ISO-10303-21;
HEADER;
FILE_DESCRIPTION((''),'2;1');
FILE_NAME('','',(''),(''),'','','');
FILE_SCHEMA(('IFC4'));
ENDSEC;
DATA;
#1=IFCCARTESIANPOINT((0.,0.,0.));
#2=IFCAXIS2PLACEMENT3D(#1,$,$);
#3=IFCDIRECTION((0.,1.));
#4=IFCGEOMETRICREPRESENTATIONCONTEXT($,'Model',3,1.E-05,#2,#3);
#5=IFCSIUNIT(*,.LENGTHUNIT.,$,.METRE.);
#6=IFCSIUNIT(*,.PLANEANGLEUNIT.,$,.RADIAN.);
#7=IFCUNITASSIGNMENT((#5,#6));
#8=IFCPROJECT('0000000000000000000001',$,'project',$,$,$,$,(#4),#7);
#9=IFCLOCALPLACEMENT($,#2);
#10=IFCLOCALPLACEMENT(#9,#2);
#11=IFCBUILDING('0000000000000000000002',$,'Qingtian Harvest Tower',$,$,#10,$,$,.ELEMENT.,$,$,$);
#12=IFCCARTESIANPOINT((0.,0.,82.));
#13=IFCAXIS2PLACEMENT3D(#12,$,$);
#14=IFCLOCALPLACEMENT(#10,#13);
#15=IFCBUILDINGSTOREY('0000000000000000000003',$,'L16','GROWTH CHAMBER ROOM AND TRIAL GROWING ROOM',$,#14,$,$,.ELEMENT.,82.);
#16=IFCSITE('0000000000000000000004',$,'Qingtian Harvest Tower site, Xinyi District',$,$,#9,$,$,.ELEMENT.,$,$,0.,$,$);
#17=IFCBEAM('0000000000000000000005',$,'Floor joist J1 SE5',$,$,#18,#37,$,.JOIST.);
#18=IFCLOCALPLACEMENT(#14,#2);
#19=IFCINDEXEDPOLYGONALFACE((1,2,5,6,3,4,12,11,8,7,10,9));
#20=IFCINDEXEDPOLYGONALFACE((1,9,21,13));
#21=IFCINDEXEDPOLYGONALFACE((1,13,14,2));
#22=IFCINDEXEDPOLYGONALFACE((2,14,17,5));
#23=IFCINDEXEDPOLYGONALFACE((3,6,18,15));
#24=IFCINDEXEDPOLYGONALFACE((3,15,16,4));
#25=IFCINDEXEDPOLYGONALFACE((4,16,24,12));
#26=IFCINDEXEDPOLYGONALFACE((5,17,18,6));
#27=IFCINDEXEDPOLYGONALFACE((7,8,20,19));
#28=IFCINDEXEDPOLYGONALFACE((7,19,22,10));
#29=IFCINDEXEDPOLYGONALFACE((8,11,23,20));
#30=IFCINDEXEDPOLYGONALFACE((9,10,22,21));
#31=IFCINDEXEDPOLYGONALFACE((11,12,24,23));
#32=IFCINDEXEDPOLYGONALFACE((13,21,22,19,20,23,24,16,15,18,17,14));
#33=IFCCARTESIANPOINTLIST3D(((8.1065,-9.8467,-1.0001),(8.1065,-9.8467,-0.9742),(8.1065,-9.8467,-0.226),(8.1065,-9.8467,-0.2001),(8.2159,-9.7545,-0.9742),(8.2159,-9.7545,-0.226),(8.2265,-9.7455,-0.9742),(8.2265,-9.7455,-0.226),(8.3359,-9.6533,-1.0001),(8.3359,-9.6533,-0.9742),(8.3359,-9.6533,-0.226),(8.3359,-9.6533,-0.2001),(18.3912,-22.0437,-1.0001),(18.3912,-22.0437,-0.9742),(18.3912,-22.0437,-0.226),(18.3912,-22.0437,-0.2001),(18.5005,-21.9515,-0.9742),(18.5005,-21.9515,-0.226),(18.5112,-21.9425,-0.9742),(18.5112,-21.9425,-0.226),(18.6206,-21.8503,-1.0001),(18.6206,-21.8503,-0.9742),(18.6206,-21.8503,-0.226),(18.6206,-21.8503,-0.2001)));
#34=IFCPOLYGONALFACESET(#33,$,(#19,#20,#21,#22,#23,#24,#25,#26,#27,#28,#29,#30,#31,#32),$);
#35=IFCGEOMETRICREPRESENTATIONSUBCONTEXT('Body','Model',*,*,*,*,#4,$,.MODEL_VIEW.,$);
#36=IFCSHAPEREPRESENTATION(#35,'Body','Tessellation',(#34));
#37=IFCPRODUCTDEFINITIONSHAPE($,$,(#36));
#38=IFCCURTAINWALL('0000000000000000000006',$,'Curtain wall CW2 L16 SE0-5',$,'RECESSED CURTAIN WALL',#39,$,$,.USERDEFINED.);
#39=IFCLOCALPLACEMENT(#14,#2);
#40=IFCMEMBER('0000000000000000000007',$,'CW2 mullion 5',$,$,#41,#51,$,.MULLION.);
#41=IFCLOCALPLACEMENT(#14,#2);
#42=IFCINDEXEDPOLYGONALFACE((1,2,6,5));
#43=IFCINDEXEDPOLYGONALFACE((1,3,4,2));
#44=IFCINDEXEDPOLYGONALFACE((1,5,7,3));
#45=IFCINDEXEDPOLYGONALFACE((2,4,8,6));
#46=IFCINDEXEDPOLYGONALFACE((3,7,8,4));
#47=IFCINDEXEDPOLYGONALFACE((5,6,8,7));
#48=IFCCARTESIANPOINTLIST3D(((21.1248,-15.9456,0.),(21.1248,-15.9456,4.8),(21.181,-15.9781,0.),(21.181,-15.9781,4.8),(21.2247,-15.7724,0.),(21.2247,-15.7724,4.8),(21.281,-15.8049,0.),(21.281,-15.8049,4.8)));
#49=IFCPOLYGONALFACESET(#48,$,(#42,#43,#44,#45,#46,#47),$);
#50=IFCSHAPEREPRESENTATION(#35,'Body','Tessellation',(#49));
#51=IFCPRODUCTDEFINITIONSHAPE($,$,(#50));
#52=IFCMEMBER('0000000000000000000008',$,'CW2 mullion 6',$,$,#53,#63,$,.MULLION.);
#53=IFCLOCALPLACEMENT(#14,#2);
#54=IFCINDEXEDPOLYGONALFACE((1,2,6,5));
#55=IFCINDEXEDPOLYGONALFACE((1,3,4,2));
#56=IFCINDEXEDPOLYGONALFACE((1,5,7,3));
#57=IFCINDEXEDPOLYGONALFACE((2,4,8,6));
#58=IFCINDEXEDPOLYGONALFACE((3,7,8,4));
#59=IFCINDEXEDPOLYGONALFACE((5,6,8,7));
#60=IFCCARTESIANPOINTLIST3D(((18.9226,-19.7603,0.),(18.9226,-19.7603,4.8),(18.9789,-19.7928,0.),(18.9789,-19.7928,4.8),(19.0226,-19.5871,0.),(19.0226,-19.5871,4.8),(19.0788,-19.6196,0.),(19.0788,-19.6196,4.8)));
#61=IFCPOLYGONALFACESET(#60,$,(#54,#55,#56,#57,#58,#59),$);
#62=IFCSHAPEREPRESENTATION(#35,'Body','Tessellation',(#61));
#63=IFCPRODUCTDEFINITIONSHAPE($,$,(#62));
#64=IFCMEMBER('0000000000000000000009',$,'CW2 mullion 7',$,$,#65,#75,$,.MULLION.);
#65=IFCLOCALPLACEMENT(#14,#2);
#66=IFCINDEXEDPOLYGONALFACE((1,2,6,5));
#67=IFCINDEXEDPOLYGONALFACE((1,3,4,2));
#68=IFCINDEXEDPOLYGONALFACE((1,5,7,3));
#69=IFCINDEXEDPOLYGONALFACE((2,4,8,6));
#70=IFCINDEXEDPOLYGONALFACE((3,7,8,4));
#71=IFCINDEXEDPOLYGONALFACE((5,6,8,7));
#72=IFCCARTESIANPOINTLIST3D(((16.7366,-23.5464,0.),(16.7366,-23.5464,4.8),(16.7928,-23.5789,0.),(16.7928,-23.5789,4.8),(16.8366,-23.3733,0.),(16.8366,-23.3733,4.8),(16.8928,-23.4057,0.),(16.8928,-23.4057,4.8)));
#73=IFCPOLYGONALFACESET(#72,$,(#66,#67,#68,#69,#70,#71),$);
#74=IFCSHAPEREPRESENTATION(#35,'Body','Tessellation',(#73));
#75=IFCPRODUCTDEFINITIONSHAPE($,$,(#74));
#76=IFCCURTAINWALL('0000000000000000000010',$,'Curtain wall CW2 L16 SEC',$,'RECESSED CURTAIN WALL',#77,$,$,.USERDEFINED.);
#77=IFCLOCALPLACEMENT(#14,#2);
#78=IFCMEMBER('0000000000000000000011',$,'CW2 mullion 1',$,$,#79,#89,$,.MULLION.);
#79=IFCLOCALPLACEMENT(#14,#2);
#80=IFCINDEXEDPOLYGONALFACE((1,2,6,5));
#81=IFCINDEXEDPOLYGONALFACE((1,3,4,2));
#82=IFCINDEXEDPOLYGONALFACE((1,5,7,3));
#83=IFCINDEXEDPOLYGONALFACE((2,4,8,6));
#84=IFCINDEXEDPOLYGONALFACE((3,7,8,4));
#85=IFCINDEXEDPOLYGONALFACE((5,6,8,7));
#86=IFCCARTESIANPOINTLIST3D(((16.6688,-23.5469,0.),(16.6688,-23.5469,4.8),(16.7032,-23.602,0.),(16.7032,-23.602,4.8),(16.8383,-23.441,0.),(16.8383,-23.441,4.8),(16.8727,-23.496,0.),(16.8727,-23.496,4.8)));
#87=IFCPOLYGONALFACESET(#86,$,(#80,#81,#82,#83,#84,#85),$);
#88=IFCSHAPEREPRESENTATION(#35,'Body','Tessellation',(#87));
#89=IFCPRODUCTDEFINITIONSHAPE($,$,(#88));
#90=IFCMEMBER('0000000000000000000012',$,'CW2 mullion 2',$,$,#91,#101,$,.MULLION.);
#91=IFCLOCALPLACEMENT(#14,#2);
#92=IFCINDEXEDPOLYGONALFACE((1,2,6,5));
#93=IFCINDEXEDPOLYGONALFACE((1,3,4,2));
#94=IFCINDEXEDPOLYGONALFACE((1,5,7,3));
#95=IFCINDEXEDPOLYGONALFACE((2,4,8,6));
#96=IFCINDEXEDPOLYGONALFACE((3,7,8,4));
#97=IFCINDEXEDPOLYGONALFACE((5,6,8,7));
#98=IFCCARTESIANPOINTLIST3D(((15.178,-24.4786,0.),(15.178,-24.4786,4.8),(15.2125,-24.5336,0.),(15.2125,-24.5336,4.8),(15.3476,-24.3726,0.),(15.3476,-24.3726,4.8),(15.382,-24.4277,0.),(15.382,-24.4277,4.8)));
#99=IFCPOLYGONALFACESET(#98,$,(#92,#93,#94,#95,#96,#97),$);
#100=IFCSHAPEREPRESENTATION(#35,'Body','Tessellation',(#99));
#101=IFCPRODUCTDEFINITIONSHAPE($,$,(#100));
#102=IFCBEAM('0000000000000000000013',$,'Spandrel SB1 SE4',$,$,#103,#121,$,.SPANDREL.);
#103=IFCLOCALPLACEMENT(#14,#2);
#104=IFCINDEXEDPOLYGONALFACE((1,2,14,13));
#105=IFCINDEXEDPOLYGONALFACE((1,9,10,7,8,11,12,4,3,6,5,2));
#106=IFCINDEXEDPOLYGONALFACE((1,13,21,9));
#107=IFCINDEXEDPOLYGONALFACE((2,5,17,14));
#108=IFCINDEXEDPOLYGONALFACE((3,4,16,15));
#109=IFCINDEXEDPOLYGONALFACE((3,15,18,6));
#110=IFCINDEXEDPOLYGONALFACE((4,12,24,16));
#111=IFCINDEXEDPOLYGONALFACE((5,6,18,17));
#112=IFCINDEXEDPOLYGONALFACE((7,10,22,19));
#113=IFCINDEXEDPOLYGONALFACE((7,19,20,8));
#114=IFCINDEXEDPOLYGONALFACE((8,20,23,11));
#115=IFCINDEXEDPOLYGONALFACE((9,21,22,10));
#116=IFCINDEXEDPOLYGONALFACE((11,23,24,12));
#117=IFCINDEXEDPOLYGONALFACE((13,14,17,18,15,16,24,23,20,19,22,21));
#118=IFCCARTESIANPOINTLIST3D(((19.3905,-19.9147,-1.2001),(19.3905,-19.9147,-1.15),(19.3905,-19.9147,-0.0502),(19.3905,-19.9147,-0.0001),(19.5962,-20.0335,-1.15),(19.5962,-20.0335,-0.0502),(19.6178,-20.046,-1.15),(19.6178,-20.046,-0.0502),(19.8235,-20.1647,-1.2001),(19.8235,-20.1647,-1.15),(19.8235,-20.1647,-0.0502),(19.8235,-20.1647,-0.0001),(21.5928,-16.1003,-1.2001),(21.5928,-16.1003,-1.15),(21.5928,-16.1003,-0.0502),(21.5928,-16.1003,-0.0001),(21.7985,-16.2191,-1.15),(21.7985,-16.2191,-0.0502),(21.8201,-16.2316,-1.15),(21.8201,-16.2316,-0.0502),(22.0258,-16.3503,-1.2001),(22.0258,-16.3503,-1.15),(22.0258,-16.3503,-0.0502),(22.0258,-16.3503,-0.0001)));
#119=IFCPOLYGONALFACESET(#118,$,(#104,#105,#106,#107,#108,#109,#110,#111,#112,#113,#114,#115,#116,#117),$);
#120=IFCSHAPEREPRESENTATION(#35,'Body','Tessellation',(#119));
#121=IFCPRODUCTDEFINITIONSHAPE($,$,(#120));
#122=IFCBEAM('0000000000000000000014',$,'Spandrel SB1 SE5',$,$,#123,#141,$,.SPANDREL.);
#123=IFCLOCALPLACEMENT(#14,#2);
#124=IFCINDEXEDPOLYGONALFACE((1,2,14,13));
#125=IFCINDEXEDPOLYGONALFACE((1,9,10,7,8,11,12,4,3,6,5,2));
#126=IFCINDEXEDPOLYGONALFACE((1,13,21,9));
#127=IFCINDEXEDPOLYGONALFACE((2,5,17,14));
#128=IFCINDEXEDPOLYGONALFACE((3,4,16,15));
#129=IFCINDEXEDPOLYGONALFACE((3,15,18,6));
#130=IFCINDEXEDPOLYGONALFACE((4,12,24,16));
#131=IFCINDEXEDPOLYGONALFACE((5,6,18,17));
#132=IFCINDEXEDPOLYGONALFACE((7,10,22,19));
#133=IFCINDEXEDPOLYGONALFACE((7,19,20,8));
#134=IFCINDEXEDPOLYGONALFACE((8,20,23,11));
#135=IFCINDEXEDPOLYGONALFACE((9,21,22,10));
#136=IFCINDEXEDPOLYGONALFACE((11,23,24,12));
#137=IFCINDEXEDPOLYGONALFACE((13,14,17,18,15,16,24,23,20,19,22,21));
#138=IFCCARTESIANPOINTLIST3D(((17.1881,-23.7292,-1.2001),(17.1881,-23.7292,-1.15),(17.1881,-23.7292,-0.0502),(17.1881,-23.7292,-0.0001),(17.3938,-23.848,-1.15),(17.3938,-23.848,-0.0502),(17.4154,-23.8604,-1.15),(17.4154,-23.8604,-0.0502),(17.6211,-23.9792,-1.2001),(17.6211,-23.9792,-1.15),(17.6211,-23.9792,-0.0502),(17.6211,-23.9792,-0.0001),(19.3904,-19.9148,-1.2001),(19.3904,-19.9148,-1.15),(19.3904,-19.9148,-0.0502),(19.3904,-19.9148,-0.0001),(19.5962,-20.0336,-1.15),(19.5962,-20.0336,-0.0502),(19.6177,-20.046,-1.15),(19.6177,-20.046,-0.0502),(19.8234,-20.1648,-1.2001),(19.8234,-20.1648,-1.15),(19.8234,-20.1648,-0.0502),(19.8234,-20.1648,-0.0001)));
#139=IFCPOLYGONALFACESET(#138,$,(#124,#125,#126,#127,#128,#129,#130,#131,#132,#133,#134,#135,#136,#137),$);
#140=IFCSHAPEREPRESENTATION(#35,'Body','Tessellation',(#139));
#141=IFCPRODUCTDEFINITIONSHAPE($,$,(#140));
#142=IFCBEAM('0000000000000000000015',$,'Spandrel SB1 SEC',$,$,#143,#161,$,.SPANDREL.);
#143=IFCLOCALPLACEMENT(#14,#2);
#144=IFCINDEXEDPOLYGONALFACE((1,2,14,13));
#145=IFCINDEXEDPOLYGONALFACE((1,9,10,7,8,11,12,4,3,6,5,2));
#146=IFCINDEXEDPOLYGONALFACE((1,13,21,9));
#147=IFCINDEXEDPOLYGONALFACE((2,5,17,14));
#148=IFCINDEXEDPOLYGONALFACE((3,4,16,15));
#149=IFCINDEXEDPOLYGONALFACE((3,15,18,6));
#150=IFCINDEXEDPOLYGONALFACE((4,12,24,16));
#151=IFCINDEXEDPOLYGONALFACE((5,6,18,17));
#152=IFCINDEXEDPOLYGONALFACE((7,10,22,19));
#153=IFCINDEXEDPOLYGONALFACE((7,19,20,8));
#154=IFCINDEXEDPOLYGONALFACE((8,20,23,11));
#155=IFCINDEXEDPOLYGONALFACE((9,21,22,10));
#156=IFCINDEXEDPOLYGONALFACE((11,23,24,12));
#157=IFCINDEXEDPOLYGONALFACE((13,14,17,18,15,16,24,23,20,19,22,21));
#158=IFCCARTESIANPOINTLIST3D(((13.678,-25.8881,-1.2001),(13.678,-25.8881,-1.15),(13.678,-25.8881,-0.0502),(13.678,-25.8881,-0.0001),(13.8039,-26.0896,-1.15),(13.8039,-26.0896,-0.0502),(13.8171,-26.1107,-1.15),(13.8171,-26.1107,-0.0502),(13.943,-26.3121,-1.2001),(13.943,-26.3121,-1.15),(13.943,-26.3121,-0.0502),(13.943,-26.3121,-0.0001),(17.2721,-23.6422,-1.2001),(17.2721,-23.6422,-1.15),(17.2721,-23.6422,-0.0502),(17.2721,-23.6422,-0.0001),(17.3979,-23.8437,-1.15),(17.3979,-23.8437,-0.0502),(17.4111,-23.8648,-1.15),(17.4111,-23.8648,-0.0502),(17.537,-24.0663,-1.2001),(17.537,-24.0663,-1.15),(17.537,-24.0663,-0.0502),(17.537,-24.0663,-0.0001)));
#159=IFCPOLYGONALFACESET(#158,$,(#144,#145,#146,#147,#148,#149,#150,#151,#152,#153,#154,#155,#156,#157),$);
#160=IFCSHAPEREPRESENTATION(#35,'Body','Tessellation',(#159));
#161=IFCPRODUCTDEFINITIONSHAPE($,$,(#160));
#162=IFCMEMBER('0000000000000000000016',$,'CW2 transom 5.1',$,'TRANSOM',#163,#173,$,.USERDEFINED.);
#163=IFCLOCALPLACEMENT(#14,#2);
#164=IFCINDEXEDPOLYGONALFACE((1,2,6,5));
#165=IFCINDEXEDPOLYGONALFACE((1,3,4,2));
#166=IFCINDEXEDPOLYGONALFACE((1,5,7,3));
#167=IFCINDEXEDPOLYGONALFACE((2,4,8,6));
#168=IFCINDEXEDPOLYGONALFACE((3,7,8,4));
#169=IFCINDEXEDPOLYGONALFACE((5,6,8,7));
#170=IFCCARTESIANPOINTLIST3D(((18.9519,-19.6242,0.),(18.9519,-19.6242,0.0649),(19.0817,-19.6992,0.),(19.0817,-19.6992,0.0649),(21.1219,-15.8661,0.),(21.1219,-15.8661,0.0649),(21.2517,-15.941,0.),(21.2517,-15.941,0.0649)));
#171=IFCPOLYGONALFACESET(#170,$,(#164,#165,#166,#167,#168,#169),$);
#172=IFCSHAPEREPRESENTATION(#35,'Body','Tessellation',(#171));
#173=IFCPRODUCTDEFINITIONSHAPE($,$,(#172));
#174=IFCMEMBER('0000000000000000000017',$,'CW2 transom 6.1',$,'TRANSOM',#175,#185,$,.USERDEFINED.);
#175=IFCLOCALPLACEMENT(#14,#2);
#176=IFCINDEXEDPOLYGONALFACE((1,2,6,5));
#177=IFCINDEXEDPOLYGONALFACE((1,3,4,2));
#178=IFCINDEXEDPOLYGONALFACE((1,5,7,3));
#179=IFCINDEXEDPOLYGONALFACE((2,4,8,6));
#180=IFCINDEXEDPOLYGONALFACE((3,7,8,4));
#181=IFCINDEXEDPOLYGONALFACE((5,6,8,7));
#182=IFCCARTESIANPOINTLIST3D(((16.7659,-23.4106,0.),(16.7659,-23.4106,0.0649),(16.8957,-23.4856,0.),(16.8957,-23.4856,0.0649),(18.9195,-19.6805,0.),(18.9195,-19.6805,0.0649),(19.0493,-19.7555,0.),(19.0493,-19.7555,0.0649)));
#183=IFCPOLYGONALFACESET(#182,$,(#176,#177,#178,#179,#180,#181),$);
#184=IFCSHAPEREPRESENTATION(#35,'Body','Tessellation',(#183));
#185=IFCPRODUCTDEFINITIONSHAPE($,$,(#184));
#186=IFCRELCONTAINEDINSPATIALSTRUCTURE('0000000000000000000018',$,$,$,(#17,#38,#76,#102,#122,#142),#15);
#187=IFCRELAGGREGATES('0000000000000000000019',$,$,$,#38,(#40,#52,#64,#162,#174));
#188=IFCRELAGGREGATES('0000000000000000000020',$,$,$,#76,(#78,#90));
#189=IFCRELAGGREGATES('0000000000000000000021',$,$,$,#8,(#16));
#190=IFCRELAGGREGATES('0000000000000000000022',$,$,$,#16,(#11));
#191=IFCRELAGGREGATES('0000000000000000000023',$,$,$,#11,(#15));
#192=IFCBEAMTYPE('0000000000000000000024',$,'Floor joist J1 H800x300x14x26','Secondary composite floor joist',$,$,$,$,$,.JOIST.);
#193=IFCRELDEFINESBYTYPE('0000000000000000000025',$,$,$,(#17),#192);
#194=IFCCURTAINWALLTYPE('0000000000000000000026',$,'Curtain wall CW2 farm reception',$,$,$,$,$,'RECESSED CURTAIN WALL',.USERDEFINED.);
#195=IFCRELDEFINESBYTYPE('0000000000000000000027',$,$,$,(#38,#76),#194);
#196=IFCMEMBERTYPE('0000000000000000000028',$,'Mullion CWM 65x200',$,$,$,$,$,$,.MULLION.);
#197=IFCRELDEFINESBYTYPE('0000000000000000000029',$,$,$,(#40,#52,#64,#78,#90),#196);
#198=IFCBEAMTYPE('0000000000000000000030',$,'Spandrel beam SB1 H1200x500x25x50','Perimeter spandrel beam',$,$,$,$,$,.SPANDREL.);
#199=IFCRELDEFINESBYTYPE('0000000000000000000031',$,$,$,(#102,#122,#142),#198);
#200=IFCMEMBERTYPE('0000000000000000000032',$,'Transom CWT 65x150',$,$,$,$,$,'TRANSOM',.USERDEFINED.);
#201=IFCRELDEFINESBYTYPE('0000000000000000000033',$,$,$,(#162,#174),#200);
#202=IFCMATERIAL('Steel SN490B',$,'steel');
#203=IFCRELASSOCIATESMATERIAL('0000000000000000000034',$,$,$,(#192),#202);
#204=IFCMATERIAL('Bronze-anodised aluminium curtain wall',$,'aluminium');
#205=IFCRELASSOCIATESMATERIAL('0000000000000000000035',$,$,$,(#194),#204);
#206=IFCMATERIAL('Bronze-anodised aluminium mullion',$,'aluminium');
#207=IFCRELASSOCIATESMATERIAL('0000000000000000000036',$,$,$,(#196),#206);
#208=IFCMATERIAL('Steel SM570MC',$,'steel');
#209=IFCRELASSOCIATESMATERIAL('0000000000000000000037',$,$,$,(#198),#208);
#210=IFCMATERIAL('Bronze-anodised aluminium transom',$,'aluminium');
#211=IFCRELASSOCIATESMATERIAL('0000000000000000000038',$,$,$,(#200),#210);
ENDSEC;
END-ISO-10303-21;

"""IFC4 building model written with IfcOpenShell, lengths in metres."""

from ifc_helpers import new_model, si_unit, direction, frame, origin, origin_2d, place, context, subcontext, project, spatial, rectangle, i_section, extrude, material, material_profile, profile_set, type_object, element, aggregate, save


model = new_model("IFC4")

# Units and contexts
model_context = context("Model", 3, precision=1e-05, world=origin(), true_north=direction((0.0, 1.0)))
body_context = subcontext(model_context, "Body", "Model", "MODEL_VIEW")
ifc_project = project(units=[si_unit("LENGTHUNIT", "METRE"), si_unit("PLANEANGLEUNIT", "RADIAN")], contexts=[model_context])

# Site, building, storey
site_placement = place(None, origin())
site = spatial("IfcSite", under=ifc_project, at=site_placement, Name="Qingtian Harvest Tower site, Xinyi District", CompositionType="ELEMENT", RefElevation=0.0)
building_placement = place(site_placement, origin())
building = spatial("IfcBuilding", under=site, at=building_placement, Name="Qingtian Harvest Tower", CompositionType="ELEMENT")
storey_placement = place(building_placement, frame((0.0, 0.0, 82.0)))
storey = spatial("IfcBuildingStorey", under=building, at=storey_placement, Name="L16", Description="GROWTH CHAMBER ROOM AND TRIAL GROWING ROOM", CompositionType="ELEMENT", Elevation=82.0)

# Beam
ifc_material_1 = material(Name="Steel SN490B", Category="steel")
ifc_material_profile_1 = material_profile(ifc_material_1, i_section(OverallWidth=0.3, OverallDepth=0.8, WebThickness=0.0139, FlangeThickness=0.0259, at=origin_2d()), Name="H800x300x14x26")
ifc_profile_set_1 = profile_set([ifc_material_profile_1], Name="Steel SN490B")
beam_type_1 = type_object("IfcBeamType", Name="Floor joist J1 H800x300x14x26", Description="Secondary composite floor joist", PredefinedType="JOIST", material=ifc_profile_set_1)
beam_1_placement = place(storey_placement, frame((18.5059, -21.947, -0.6001), z_axis=(-0.64463, 0.764494, 0.0), x_axis=(-0.764494, -0.64463, 0.0)))
element("IfcBeam", 1, at=beam_1_placement, inside=storey, type_object=beam_type_1, Name="Floor joist J1 SE5", PredefinedType="JOIST", context=body_context, shape_type="SweptSolid", body=[
    extrude(i_section(OverallWidth=0.3, OverallDepth=0.8, WebThickness=0.0139, FlangeThickness=0.0259, at=origin_2d()), origin(), (0.0, 0.0, 1.0), 15.9543),
])

# Curtain walls, members
ifc_material_2 = material(Name="Bronze-anodised aluminium curtain wall", Category="aluminium")
curtain_wall_type = type_object("IfcCurtainWallType", Name="Curtain wall CW2 farm reception", ElementType="RECESSED CURTAIN WALL", PredefinedType="USERDEFINED", material=ifc_material_2)
curtain_wall_1_placement = place(storey_placement, origin())
curtain_wall_1 = element("IfcCurtainWall", 2, at=curtain_wall_1_placement, inside=storey, type_object=curtain_wall_type, Name="Curtain wall CW2 L16 SE0-5", ObjectType="RECESSED CURTAIN WALL", PredefinedType="USERDEFINED")
ifc_material_3 = material(Name="Bronze-anodised aluminium mullion", Category="aluminium")
ifc_material_profile_2 = material_profile(ifc_material_3, rectangle(XDim=0.0649, YDim=0.2, at=origin_2d()), Name="AL 65x200")
ifc_profile_set_2 = profile_set([ifc_material_profile_2], Name="Bronze-anodised aluminium mullion")
member_type_1 = type_object("IfcMemberType", Name="Mullion CWM 65x200", PredefinedType="MULLION", material=ifc_profile_set_2)
member_1_placement = place(storey_placement, frame((21.2029, -15.8752, 0.0), z_axis=(0.0, 0.0, 1.0), x_axis=(0.866025, -0.5, 0.0)))
member_1 = element("IfcMember", 3, at=member_1_placement, type_object=member_type_1, Name="CW2 mullion 5", PredefinedType="MULLION", context=body_context, shape_type="SweptSolid", body=[
    extrude(rectangle(XDim=0.0649, YDim=0.2, at=origin_2d()), origin(), (0.0, 0.0, 1.0), 4.8),
])
member_2_placement = place(storey_placement, frame((19.0007, -19.6899, 0.0), z_axis=(0.0, 0.0, 1.0), x_axis=(0.866025, -0.5, 0.0)))
member_2 = element("IfcMember", 4, at=member_2_placement, type_object=member_type_1, Name="CW2 mullion 6", PredefinedType="MULLION", context=body_context, shape_type="SweptSolid", body=[
    extrude(rectangle(XDim=0.0649, YDim=0.2, at=origin_2d()), origin(), (0.0, 0.0, 1.0), 4.8),
])
member_3_placement = place(storey_placement, frame((16.8147, -23.4761, 0.0), z_axis=(0.0, 0.0, 1.0), x_axis=(0.866025, -0.5, 0.0)))
member_3 = element("IfcMember", 5, at=member_3_placement, type_object=member_type_1, Name="CW2 mullion 7", PredefinedType="MULLION", context=body_context, shape_type="SweptSolid", body=[
    extrude(rectangle(XDim=0.0649, YDim=0.2, at=origin_2d()), origin(), (0.0, 0.0, 1.0), 4.8),
])
curtain_wall_2_placement = place(storey_placement, origin())
curtain_wall_2 = element("IfcCurtainWall", 6, at=curtain_wall_2_placement, inside=storey, type_object=curtain_wall_type, Name="Curtain wall CW2 L16 SEC", ObjectType="RECESSED CURTAIN WALL", PredefinedType="USERDEFINED")
member_4_placement = place(storey_placement, frame((16.7708, -23.5215, 0.0), z_axis=(0.0, 0.0, 1.0), x_axis=(0.529919, -0.848048, 0.0)))
member_4 = element("IfcMember", 7, at=member_4_placement, type_object=member_type_1, Name="CW2 mullion 1", PredefinedType="MULLION", context=body_context, shape_type="SweptSolid", body=[
    extrude(rectangle(XDim=0.0649, YDim=0.2, at=origin_2d()), origin(), (0.0, 0.0, 1.0), 4.8),
])
member_5_placement = place(storey_placement, frame((15.28, -24.4531, 0.0), z_axis=(0.0, 0.0, 1.0), x_axis=(0.529919, -0.848048, 0.0)))
member_5 = element("IfcMember", 8, at=member_5_placement, type_object=member_type_1, Name="CW2 mullion 2", PredefinedType="MULLION", context=body_context, shape_type="SweptSolid", body=[
    extrude(rectangle(XDim=0.0649, YDim=0.2, at=origin_2d()), origin(), (0.0, 0.0, 1.0), 4.8),
])

# Beams
ifc_material_4 = material(Name="Steel SM570MC", Category="steel")
ifc_material_profile_3 = material_profile(ifc_material_4, i_section(OverallWidth=0.5, OverallDepth=1.2, WebThickness=0.0249, FlangeThickness=0.05, at=origin_2d()), Name="H1200x500x25x50")
ifc_profile_set_3 = profile_set([ifc_material_profile_3], Name="Steel SM570MC")
beam_type_2 = type_object("IfcBeamType", Name="Spandrel beam SB1 H1200x500x25x50", Description="Perimeter spandrel beam", PredefinedType="SPANDREL", material=ifc_profile_set_3)
for number, where, z_axis, x_axis, name in (
    (9, (21.8093, -16.2253, -0.6001), (-0.50002, -0.866014, 0.0), (0.866014, -0.50002, 0.0), "Spandrel SB1 SE4"),
    (10, (19.6069, -20.0398, -0.6001), (-0.50002, -0.866014, 0.0), (0.866014, -0.50002, 0.0), "Spandrel SB1 SE5"),
):
    element("IfcBeam", number, at=place(storey_placement, frame(where, z_axis=z_axis, x_axis=x_axis)), inside=storey, type_object=beam_type_2, Name=name, PredefinedType="SPANDREL", context=body_context, shape_type="SweptSolid", body=[
        extrude(i_section(OverallWidth=0.5, OverallDepth=1.2, WebThickness=0.0249, FlangeThickness=0.05, at=origin_2d()), origin(), (0.0, 0.0, 1.0), 4.4045),
    ])
beam_2_placement = place(storey_placement, frame((17.4045, -23.8542, -0.6001), z_axis=(-0.84804, -0.529932, 0.0), x_axis=(0.529932, -0.84804, 0.0)))
element("IfcBeam", 11, at=beam_2_placement, inside=storey, type_object=beam_type_2, Name="Spandrel SB1 SEC", PredefinedType="SPANDREL", context=body_context, shape_type="SweptSolid", body=[
    extrude(i_section(OverallWidth=0.5, OverallDepth=1.2, WebThickness=0.0249, FlangeThickness=0.05, at=origin_2d()), origin(), (0.0, 0.0, 1.0), 4.238),
])

# Members
ifc_material_5 = material(Name="Bronze-anodised aluminium transom", Category="aluminium")
ifc_material_profile_4 = material_profile(ifc_material_5, rectangle(XDim=0.1499, YDim=0.0649, at=origin_2d()), Name="AL 65x150")
ifc_profile_set_4 = profile_set([ifc_material_profile_4], Name="Bronze-anodised aluminium transom")
member_type_2 = type_object("IfcMemberType", Name="Transom CWT 65x150", ElementType="TRANSOM", PredefinedType="USERDEFINED", material=ifc_profile_set_4)
member_6_placement = place(storey_placement, frame((21.1868, -15.9036, 0.0325), z_axis=(-0.500036, -0.866005, 0.0), x_axis=(0.866005, -0.500036, 0.0)))
member_6 = element("IfcMember", 12, at=member_6_placement, type_object=member_type_2, Name="CW2 transom 5.1", ObjectType="TRANSOM", PredefinedType="USERDEFINED", context=body_context, shape_type="SweptSolid", body=[
    extrude(rectangle(XDim=0.1499, YDim=0.0649, at=origin_2d()), origin(), (0.0, 0.0, 1.0), 4.3396),
])
member_7_placement = place(storey_placement, frame((18.9844, -19.718, 0.0325), z_axis=(-0.50001, -0.866019, 0.0), x_axis=(0.866019, -0.50001, 0.0)))
member_7 = element("IfcMember", 13, at=member_7_placement, type_object=member_type_2, Name="CW2 transom 6.1", ObjectType="TRANSOM", PredefinedType="USERDEFINED", context=body_context, shape_type="SweptSolid", body=[
    extrude(rectangle(XDim=0.1499, YDim=0.0649, at=origin_2d()), origin(), (0.0, 0.0, 1.0), 4.3071),
])

aggregate(curtain_wall_1, [member_1, member_2, member_3, member_6, member_7])
aggregate(curtain_wall_2, [member_4, member_5])

save(model, "model.ifc")
